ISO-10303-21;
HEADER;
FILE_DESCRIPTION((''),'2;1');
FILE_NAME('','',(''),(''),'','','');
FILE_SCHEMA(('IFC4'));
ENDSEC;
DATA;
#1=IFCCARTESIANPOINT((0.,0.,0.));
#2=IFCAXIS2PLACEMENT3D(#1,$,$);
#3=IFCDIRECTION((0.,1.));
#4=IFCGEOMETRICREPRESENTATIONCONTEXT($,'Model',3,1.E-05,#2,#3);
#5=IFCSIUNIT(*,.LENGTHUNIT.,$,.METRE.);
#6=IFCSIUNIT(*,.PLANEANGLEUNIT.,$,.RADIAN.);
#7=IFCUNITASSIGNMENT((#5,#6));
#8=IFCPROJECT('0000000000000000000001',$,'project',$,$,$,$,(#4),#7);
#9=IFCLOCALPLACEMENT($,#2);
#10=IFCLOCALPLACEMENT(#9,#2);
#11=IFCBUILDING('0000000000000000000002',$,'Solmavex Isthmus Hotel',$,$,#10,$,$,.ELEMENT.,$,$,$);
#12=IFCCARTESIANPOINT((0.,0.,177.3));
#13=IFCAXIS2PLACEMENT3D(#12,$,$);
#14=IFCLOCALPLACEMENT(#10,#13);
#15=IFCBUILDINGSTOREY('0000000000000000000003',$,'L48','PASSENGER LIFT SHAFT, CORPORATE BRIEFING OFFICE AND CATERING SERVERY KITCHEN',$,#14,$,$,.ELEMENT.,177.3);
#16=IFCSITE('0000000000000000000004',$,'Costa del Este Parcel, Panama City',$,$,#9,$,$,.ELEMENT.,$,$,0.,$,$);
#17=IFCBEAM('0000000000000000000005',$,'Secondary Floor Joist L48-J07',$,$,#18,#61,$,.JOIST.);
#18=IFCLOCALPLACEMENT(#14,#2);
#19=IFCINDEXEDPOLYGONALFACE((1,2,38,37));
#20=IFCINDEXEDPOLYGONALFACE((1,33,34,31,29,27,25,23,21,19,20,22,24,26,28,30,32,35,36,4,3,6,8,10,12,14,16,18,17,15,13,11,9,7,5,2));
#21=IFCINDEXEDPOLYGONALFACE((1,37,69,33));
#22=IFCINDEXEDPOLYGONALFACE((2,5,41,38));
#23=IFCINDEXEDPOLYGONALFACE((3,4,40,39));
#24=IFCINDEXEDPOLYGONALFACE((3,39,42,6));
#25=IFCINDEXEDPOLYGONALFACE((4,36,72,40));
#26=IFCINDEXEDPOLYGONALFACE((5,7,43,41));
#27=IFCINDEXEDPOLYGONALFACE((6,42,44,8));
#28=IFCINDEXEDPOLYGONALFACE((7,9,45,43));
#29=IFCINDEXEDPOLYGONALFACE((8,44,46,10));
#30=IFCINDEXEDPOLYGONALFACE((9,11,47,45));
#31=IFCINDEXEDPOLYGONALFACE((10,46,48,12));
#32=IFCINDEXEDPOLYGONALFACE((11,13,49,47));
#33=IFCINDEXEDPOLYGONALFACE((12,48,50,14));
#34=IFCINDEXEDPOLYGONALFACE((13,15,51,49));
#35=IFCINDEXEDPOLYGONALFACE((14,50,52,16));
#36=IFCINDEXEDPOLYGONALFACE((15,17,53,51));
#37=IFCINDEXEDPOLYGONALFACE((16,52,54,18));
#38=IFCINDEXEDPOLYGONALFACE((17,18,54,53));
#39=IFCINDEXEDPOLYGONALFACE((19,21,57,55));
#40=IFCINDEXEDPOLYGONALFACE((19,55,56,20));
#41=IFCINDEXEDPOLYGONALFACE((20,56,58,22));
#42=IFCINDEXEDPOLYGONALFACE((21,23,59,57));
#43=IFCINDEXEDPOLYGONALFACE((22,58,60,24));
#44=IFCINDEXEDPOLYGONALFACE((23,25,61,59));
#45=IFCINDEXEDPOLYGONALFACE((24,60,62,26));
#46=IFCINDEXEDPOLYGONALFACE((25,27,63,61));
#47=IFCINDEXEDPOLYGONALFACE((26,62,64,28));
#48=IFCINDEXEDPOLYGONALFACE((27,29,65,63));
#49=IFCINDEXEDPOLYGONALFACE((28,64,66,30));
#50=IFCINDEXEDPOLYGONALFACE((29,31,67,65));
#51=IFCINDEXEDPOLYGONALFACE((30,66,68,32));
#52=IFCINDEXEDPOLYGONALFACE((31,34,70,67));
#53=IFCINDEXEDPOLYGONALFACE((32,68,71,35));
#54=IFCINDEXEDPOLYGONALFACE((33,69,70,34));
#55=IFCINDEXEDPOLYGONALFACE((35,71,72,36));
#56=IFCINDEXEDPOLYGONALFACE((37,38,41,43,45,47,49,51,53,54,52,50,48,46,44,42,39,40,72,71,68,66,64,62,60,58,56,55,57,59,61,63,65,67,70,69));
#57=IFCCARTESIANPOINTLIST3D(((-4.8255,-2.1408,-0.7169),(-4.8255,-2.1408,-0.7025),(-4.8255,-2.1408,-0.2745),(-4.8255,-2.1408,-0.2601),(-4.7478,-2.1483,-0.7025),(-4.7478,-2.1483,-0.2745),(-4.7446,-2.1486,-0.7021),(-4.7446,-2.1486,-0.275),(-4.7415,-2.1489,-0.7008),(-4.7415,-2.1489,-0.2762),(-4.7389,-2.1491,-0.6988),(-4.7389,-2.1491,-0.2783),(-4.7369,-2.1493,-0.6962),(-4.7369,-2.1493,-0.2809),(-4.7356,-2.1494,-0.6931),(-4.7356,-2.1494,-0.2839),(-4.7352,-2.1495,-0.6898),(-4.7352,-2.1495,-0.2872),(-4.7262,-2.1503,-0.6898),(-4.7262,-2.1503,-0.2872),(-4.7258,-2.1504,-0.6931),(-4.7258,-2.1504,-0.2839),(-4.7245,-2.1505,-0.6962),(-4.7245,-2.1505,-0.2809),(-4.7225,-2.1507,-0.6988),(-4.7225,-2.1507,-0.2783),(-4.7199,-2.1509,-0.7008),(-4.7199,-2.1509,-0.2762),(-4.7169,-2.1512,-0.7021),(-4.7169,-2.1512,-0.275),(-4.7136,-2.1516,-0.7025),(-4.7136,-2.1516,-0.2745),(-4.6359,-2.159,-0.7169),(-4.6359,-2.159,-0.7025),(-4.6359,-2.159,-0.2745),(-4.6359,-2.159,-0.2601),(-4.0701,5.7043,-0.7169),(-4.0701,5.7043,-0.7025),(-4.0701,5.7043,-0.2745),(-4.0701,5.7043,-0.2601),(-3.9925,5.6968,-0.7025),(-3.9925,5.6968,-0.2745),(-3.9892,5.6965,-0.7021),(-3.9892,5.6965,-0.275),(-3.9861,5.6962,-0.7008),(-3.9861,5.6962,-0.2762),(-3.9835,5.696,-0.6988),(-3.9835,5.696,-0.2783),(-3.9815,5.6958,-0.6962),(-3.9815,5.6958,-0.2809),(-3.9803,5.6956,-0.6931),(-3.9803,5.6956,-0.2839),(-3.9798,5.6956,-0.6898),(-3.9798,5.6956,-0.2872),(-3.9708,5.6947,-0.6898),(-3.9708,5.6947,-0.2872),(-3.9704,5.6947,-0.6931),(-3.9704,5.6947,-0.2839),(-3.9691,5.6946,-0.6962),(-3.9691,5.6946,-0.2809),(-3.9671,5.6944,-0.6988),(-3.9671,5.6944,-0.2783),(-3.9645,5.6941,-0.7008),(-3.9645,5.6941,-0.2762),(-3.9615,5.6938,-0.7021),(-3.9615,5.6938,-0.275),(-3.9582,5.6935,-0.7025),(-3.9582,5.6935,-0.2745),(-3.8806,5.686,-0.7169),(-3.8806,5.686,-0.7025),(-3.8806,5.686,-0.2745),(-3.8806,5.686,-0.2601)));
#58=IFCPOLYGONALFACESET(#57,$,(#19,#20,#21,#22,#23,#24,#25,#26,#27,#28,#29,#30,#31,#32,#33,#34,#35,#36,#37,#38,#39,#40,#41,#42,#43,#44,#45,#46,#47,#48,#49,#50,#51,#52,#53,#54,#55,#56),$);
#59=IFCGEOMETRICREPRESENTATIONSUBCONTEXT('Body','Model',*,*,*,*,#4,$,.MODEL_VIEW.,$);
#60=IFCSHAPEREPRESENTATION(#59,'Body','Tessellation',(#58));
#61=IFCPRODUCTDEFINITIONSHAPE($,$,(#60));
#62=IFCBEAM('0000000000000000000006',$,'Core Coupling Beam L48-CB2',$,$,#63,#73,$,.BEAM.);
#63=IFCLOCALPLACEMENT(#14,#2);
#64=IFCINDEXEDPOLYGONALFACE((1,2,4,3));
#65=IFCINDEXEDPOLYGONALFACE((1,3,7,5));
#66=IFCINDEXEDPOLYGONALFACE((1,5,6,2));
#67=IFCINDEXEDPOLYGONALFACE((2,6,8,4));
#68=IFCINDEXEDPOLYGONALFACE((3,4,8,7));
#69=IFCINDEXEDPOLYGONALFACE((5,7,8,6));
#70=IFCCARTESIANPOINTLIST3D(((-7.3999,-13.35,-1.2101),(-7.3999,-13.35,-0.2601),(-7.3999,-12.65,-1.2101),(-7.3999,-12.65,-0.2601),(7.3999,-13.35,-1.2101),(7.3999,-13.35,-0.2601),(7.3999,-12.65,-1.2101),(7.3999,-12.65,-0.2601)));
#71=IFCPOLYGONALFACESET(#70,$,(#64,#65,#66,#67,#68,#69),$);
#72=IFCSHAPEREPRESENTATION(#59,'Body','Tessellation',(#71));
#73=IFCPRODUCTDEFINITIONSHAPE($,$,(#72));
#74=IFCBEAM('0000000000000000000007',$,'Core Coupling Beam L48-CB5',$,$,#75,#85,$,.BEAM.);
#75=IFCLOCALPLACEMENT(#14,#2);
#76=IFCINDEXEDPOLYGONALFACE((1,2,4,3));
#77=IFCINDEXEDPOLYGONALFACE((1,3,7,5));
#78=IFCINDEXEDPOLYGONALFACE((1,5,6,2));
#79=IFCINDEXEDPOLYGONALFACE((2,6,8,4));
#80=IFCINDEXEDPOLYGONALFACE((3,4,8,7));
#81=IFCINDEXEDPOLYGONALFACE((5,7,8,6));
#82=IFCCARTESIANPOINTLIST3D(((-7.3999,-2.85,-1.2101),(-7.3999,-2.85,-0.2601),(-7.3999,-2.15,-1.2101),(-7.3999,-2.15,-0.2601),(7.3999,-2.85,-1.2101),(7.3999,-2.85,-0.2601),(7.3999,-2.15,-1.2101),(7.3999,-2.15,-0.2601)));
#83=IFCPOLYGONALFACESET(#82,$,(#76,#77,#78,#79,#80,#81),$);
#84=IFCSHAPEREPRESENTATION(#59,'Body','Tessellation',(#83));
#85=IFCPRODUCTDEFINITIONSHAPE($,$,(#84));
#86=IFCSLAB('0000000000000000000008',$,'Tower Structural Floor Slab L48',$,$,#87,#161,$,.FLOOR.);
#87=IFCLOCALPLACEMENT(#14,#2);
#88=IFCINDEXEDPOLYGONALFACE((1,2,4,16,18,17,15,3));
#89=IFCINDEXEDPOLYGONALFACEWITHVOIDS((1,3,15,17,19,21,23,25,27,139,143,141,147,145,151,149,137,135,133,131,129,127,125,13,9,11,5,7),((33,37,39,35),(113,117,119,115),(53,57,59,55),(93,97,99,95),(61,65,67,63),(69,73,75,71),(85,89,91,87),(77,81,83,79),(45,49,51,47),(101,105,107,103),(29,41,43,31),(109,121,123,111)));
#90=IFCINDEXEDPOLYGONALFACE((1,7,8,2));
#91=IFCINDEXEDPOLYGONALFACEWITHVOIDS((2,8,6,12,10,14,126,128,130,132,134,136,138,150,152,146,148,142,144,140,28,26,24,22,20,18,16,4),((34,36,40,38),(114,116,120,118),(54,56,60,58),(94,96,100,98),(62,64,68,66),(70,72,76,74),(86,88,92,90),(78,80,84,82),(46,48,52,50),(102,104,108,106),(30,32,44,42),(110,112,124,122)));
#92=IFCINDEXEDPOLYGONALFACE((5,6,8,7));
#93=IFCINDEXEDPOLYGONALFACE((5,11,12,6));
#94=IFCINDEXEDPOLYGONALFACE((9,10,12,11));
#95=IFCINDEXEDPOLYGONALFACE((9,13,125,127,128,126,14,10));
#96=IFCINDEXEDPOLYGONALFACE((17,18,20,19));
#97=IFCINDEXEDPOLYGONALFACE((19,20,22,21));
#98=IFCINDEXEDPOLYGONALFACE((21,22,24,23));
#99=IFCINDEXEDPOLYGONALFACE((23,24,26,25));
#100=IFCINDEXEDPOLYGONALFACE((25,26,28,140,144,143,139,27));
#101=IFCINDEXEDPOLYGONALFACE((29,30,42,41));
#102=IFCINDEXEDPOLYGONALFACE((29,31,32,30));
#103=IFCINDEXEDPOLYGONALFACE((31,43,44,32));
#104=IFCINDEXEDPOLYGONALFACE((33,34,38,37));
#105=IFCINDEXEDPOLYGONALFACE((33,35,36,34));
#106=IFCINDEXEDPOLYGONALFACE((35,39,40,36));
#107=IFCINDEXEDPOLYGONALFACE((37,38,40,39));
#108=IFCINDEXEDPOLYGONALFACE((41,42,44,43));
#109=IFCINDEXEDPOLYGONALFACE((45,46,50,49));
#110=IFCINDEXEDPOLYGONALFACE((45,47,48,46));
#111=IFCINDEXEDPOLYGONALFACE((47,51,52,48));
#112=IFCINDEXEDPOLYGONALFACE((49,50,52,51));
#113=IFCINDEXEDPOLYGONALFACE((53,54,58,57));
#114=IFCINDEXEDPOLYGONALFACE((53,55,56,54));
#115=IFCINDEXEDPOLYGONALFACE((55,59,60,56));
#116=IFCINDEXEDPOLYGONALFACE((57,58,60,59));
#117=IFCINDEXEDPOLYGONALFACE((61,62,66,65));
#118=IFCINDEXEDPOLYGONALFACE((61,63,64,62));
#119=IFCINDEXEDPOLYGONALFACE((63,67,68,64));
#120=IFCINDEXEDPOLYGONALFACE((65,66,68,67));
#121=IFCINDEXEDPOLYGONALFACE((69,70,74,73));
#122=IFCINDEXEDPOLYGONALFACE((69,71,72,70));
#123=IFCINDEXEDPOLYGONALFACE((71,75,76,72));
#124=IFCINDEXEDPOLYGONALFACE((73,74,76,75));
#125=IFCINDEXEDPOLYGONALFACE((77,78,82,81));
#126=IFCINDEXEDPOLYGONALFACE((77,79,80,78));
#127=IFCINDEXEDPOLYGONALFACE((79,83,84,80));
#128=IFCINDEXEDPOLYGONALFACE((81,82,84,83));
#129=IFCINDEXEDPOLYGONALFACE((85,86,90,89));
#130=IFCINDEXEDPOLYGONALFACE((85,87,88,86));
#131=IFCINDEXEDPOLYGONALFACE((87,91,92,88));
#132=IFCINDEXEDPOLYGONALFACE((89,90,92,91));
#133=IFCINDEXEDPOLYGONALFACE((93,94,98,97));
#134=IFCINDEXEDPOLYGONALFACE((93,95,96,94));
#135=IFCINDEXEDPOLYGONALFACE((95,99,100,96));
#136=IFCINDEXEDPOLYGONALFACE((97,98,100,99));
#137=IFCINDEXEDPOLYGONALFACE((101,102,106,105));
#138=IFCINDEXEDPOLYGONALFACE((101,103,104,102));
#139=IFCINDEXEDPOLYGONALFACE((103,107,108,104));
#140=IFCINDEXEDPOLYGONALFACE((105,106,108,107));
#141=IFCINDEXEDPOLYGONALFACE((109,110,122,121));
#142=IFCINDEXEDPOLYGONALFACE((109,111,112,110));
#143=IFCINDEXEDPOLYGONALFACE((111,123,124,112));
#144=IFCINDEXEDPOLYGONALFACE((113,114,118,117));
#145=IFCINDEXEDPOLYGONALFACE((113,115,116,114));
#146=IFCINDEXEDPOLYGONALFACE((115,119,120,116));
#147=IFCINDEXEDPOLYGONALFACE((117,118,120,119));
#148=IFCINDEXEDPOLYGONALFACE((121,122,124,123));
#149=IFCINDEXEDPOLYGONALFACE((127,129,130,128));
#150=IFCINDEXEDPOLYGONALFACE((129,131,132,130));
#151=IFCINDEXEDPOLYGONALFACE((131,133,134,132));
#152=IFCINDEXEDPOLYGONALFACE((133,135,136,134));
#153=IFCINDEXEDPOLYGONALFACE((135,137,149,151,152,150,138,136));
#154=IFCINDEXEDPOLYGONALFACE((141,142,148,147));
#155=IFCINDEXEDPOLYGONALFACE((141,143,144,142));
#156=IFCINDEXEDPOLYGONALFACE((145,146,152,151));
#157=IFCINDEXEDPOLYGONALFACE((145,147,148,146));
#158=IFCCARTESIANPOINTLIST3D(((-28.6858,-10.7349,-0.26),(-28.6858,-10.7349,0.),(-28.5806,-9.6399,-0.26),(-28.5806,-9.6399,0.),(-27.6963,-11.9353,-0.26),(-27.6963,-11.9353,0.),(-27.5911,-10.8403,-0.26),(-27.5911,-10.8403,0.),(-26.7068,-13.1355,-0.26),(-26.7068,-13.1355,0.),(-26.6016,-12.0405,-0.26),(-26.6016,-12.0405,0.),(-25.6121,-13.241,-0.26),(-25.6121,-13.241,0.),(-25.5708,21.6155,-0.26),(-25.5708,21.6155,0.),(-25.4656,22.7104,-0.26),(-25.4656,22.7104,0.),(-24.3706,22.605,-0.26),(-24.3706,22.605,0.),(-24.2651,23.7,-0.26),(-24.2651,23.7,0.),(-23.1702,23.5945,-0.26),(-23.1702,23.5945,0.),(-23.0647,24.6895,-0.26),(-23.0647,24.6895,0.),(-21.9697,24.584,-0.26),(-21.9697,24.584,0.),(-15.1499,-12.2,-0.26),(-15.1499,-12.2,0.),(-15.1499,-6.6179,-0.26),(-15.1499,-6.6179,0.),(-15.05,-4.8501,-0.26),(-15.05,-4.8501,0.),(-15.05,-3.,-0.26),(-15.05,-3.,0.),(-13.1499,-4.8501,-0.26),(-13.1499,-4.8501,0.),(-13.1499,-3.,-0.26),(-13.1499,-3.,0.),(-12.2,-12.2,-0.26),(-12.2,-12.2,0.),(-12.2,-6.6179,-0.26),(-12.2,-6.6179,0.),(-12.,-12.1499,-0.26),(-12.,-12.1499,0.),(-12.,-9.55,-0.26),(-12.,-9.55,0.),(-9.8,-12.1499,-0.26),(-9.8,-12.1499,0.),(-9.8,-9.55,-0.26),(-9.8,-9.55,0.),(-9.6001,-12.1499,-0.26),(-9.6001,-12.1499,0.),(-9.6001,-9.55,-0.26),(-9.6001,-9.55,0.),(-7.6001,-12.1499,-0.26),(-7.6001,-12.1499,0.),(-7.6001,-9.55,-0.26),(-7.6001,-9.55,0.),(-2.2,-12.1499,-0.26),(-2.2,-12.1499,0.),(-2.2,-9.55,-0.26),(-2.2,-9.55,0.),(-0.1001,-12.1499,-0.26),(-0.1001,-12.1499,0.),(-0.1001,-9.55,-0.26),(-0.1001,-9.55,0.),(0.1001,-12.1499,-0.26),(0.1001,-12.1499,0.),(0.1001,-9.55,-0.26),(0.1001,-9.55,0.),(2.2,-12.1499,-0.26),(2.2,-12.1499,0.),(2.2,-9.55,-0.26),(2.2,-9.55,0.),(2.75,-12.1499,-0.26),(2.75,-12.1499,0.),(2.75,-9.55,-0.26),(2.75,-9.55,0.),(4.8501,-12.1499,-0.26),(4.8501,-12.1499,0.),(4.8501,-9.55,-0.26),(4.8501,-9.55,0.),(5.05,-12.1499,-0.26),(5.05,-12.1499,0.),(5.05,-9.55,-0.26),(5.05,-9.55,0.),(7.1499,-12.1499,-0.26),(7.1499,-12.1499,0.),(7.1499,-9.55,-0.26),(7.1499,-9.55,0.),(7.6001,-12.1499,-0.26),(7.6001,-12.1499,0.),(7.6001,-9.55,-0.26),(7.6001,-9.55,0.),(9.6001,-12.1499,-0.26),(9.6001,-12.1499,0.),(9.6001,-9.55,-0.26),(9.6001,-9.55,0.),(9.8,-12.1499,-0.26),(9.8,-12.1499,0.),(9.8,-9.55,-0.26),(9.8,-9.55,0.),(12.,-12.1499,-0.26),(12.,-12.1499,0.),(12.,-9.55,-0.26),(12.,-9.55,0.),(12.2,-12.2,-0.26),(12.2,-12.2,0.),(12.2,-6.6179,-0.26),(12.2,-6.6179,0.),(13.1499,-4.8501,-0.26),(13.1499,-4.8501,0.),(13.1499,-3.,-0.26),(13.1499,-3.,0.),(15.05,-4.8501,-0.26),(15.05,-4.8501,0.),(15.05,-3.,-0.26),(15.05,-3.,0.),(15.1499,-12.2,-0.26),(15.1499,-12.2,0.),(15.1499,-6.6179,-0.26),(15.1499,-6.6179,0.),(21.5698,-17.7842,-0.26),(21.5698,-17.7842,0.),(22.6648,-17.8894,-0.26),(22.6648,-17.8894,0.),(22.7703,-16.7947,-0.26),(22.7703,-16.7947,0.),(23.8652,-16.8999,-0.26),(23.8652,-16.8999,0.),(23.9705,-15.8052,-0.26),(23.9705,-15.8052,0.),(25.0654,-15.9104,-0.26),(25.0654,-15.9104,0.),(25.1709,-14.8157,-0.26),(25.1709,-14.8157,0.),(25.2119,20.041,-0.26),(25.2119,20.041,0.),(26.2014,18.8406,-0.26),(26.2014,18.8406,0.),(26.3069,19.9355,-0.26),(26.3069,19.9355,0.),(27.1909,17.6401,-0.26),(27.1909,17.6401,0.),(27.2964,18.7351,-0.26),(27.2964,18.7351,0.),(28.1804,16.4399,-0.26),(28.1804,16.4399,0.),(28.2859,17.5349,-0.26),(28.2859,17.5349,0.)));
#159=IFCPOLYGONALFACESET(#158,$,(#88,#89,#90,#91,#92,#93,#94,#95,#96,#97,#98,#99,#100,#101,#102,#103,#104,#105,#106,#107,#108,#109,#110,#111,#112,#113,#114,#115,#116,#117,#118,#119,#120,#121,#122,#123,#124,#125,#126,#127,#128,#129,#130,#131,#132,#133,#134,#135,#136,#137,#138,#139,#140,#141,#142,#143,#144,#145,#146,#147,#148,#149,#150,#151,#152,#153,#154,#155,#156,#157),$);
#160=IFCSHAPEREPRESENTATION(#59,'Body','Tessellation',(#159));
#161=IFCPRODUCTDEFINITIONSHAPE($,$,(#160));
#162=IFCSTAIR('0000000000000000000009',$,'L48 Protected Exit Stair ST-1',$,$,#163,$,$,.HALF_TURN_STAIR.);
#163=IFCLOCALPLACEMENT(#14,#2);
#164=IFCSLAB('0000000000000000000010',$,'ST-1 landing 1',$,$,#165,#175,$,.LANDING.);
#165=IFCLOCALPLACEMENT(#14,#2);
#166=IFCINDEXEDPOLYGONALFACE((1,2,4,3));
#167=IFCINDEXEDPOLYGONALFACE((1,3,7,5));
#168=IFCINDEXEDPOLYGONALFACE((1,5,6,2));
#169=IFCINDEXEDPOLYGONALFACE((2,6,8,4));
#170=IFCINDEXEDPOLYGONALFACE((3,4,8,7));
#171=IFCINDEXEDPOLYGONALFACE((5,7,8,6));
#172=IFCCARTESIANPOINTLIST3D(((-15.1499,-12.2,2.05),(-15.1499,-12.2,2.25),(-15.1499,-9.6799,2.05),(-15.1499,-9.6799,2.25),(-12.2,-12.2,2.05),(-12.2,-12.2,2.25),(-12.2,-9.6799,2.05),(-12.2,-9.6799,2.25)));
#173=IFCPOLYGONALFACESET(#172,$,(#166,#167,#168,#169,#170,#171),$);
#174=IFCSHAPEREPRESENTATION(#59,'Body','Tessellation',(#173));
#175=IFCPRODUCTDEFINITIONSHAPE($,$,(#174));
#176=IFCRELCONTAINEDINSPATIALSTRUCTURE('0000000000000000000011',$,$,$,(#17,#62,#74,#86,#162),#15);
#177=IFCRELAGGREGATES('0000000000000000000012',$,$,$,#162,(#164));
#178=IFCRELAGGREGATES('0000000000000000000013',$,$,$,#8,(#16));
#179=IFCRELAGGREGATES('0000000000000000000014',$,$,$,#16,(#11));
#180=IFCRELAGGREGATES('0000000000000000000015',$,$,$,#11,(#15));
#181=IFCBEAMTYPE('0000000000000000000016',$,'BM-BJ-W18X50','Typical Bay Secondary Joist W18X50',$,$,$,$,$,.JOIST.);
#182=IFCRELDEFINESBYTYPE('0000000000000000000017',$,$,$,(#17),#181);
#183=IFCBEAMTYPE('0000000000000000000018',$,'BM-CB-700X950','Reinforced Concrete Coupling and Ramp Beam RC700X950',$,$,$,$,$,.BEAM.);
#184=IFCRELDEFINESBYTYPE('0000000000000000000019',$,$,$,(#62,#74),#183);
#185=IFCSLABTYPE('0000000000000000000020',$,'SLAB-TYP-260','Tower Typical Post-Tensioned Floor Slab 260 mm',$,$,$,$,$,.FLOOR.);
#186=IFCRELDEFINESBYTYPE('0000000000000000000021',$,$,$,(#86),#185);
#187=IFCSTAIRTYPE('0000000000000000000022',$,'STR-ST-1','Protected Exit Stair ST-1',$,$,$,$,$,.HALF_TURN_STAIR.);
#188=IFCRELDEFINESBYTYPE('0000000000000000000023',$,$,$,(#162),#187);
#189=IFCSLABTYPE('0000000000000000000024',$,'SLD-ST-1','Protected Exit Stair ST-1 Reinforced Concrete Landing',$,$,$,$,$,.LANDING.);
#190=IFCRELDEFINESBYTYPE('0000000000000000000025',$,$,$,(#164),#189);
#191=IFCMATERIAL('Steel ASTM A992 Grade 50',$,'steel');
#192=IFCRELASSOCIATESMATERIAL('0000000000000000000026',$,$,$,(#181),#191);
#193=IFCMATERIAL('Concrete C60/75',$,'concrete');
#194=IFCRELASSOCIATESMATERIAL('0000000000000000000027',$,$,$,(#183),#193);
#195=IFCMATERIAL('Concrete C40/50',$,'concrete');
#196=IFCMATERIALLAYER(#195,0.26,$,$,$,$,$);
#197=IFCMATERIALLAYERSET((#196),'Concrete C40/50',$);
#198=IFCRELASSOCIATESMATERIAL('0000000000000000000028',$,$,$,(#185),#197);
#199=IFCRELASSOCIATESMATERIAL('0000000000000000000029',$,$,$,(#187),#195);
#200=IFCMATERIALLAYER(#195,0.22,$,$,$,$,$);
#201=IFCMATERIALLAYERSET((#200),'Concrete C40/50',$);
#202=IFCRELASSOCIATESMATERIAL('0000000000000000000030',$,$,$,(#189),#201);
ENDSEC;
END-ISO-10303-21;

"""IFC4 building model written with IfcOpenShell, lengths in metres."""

from ifc_helpers import new_model, si_unit, direction, frame, origin, origin_2d, place, context, subcontext, project, spatial, polyline, rectangle, i_section, outline, extrude, material, layer, layer_set, material_profile, profile_set, type_object, element, aggregate, save


model = new_model("IFC4")

# Units and contexts
model_context = context("Model", 3, precision=1e-05, world=origin(), true_north=direction((0.0, 1.0)))
body_context = subcontext(model_context, "Body", "Model", "MODEL_VIEW")
ifc_project = project(units=[si_unit("LENGTHUNIT", "METRE"), si_unit("PLANEANGLEUNIT", "RADIAN")], contexts=[model_context])

# Site, building, storey
site_placement = place(None, origin())
site = spatial("IfcSite", under=ifc_project, at=site_placement, Name="Costa del Este Parcel, Panama City", CompositionType="ELEMENT", RefElevation=0.0)
building_placement = place(site_placement, origin())
building = spatial("IfcBuilding", under=site, at=building_placement, Name="Solmavex Isthmus Hotel", CompositionType="ELEMENT")
storey_placement = place(building_placement, frame((0.0, 0.0, 177.3)))
storey = spatial("IfcBuildingStorey", under=building, at=storey_placement, Name="L48", Description="PASSENGER LIFT SHAFT, CORPORATE BRIEFING OFFICE AND CATERING SERVERY KITCHEN", CompositionType="ELEMENT", Elevation=177.3)

# Shared definitions
ifc_material_1 = material(Name="Concrete C60/75", Category="concrete")

# Beams
ifc_material_2 = material(Name="Steel ASTM A992 Grade 50", Category="steel")
ifc_material_profile_1 = material_profile(ifc_material_2, i_section(OverallWidth=0.1904, OverallDepth=0.4568, WebThickness=0.009, FlangeThickness=0.0144, FilletRadius=0.0127, at=origin_2d()), Name="W18X50")
ifc_profile_set_1 = profile_set([ifc_material_profile_1], Name="Steel ASTM A992 Grade 50")
beam_type_1 = type_object("IfcBeamType", Name="BM-BJ-W18X50", Description="Typical Bay Secondary Joist W18X50", PredefinedType="JOIST", material=ifc_profile_set_1)
beam_1_placement = place(storey_placement, frame((-4.7307, -2.1499, -0.4885), z_axis=(0.095844, 0.995396, 0.0), x_axis=(-0.995396, 0.095844, 0.0)))
element("IfcBeam", 1, at=beam_1_placement, inside=storey, type_object=beam_type_1, Name="Secondary Floor Joist L48-J07", PredefinedType="JOIST", context=body_context, shape_type="SweptSolid", body=[
    extrude(i_section(OverallWidth=0.1904, OverallDepth=0.4568, WebThickness=0.009, FlangeThickness=0.0144, FilletRadius=0.0127, at=origin_2d()), origin(), (0.0, 0.0, 1.0), 7.8813),
])
ifc_material_profile_2 = material_profile(ifc_material_1, rectangle(XDim=0.7, YDim=0.95, at=origin_2d()), Name="RC700X950")
ifc_profile_set_2 = profile_set([ifc_material_profile_2], Name="Concrete C60/75")
beam_type_2 = type_object("IfcBeamType", Name="BM-CB-700X950", Description="Reinforced Concrete Coupling and Ramp Beam RC700X950", PredefinedType="BEAM", material=ifc_profile_set_2)
for number, where, z_axis, x_axis, name in (
    (2, (-7.3999, -13.0, -0.7351), (1.0, 0.0, 0.0), (0.0, 1.0, 0.0), "Core Coupling Beam L48-CB2"),
    (3, (-7.3999, -2.5, -0.7351), (1.0, 0.0, 0.0), (0.0, 1.0, 0.0), "Core Coupling Beam L48-CB5"),
):
    element("IfcBeam", number, at=place(storey_placement, frame(where, z_axis=z_axis, x_axis=x_axis)), inside=storey, type_object=beam_type_2, Name=name, PredefinedType="BEAM", context=body_context, shape_type="SweptSolid", body=[
        extrude(rectangle(XDim=0.7, YDim=0.95, at=origin_2d()), origin(), (0.0, 0.0, 1.0), 14.7998),
    ])

# Slab
ifc_material_3 = material(Name="Concrete C40/50", Category="concrete")
ifc_layer_1 = layer(ifc_material_3, 0.26)
ifc_layer_set_1 = layer_set([ifc_layer_1], Name="Concrete C40/50")
slab_type_1 = type_object("IfcSlabType", Name="SLAB-TYP-260", Description="Tower Typical Post-Tensioned Floor Slab 260 mm", PredefinedType="FLOOR", material=ifc_layer_set_1)
slab_1_placement = place(storey_placement, frame((0.0, 0.0, -0.26)))
element("IfcSlab", 4, at=slab_1_placement, inside=storey, type_object=slab_type_1, Name="Tower Structural Floor Slab L48", PredefinedType="FLOOR", context=body_context, shape_type="SweptSolid", body=[
    extrude(outline(polyline([(-25.6121, -13.241), (21.5698, -17.7842), (22.6648, -17.8894), (22.7703, -16.7947), (23.8652, -16.8999), (23.9705, -15.8052), (25.0654, -15.9104), (25.1709, -14.8157), (28.1804, 16.4399), (28.2859, 17.5349), (27.1909, 17.6401), (27.2964, 18.7351), (26.2014, 18.8406), (26.3069, 19.9355), (25.2119, 20.041), (-21.9697, 24.584), (-23.0647, 24.6895), (-23.1702, 23.5945), (-24.2651, 23.7), (-24.3706, 22.605), (-25.4656, 22.7104), (-25.5708, 21.6155), (-28.5806, -9.6399), (-28.6858, -10.7349), (-27.5911, -10.8403), (-27.6963, -11.9353), (-26.6016, -12.0405), (-26.7068, -13.1355), (-25.6121, -13.241)]), holes=[polyline([(-15.1499, -6.6179), (-15.1499, -12.2), (-12.2, -12.2), (-12.2, -6.6179), (-15.1499, -6.6179)]), polyline([(12.2, -6.6179), (12.2, -12.2), (15.1499, -12.2), (15.1499, -6.6179), (12.2, -6.6179)]), polyline([(-12.0, -12.1499), (-9.8, -12.1499), (-9.8, -9.55), (-12.0, -9.55), (-12.0, -12.1499)]), polyline([(9.8, -12.1499), (12.0, -12.1499), (12.0, -9.55), (9.8, -9.55), (9.8, -12.1499)]), polyline([(-9.6001, -12.1499), (-7.6001, -12.1499), (-7.6001, -9.55), (-9.6001, -9.55), (-9.6001, -12.1499)]), polyline([(7.6001, -12.1499), (9.6001, -12.1499), (9.6001, -9.55), (7.6001, -9.55), (7.6001, -12.1499)]), polyline([(-2.2, -12.1499), (-0.1001, -12.1499), (-0.1001, -9.55), (-2.2, -9.55), (-2.2, -12.1499)]), polyline([(0.1001, -12.1499), (2.2, -12.1499), (2.2, -9.55), (0.1001, -9.55), (0.1001, -12.1499)]), polyline([(2.75, -12.1499), (4.8501, -12.1499), (4.8501, -9.55), (2.75, -9.55), (2.75, -12.1499)]), polyline([(5.05, -12.1499), (7.1499, -12.1499), (7.1499, -9.55), (5.05, -9.55), (5.05, -12.1499)]), polyline([(-15.05, -4.8501), (-13.1499, -4.8501), (-13.1499, -3.0), (-15.05, -3.0), (-15.05, -4.8501)]), polyline([(13.1499, -4.8501), (15.05, -4.8501), (15.05, -3.0), (13.1499, -3.0), (13.1499, -4.8501)])]), origin(), (0.0, 0.0, 1.0), 0.26),
])

# Stair, slab
stair_type_1 = type_object("IfcStairType", Name="STR-ST-1", Description="Protected Exit Stair ST-1", PredefinedType="HALF_TURN_STAIR", material=ifc_material_3)
stair_1_placement = place(storey_placement, origin())
stair_1 = element("IfcStair", 5, at=stair_1_placement, inside=storey, type_object=stair_type_1, Name="L48 Protected Exit Stair ST-1", PredefinedType="HALF_TURN_STAIR")
ifc_layer_2 = layer(ifc_material_3, 0.22)
ifc_layer_set_2 = layer_set([ifc_layer_2], Name="Concrete C40/50")
slab_type_2 = type_object("IfcSlabType", Name="SLD-ST-1", Description="Protected Exit Stair ST-1 Reinforced Concrete Landing", PredefinedType="LANDING", material=ifc_layer_set_2)
slab_2_placement = place(storey_placement, frame((0.0, 0.0, 2.05)))
slab_2 = element("IfcSlab", 6, at=slab_2_placement, type_object=slab_type_2, Name="ST-1 landing 1", PredefinedType="LANDING", context=body_context, shape_type="SweptSolid", body=[
    extrude(outline(polyline([(-15.1499, -9.6799), (-15.1499, -12.2), (-12.2, -12.2), (-12.2, -9.6799), (-15.1499, -9.6799)])), origin(), (0.0, 0.0, 1.0), 0.2),
])
aggregate(stair_1, [slab_2])

save(model, "model.ifc")
